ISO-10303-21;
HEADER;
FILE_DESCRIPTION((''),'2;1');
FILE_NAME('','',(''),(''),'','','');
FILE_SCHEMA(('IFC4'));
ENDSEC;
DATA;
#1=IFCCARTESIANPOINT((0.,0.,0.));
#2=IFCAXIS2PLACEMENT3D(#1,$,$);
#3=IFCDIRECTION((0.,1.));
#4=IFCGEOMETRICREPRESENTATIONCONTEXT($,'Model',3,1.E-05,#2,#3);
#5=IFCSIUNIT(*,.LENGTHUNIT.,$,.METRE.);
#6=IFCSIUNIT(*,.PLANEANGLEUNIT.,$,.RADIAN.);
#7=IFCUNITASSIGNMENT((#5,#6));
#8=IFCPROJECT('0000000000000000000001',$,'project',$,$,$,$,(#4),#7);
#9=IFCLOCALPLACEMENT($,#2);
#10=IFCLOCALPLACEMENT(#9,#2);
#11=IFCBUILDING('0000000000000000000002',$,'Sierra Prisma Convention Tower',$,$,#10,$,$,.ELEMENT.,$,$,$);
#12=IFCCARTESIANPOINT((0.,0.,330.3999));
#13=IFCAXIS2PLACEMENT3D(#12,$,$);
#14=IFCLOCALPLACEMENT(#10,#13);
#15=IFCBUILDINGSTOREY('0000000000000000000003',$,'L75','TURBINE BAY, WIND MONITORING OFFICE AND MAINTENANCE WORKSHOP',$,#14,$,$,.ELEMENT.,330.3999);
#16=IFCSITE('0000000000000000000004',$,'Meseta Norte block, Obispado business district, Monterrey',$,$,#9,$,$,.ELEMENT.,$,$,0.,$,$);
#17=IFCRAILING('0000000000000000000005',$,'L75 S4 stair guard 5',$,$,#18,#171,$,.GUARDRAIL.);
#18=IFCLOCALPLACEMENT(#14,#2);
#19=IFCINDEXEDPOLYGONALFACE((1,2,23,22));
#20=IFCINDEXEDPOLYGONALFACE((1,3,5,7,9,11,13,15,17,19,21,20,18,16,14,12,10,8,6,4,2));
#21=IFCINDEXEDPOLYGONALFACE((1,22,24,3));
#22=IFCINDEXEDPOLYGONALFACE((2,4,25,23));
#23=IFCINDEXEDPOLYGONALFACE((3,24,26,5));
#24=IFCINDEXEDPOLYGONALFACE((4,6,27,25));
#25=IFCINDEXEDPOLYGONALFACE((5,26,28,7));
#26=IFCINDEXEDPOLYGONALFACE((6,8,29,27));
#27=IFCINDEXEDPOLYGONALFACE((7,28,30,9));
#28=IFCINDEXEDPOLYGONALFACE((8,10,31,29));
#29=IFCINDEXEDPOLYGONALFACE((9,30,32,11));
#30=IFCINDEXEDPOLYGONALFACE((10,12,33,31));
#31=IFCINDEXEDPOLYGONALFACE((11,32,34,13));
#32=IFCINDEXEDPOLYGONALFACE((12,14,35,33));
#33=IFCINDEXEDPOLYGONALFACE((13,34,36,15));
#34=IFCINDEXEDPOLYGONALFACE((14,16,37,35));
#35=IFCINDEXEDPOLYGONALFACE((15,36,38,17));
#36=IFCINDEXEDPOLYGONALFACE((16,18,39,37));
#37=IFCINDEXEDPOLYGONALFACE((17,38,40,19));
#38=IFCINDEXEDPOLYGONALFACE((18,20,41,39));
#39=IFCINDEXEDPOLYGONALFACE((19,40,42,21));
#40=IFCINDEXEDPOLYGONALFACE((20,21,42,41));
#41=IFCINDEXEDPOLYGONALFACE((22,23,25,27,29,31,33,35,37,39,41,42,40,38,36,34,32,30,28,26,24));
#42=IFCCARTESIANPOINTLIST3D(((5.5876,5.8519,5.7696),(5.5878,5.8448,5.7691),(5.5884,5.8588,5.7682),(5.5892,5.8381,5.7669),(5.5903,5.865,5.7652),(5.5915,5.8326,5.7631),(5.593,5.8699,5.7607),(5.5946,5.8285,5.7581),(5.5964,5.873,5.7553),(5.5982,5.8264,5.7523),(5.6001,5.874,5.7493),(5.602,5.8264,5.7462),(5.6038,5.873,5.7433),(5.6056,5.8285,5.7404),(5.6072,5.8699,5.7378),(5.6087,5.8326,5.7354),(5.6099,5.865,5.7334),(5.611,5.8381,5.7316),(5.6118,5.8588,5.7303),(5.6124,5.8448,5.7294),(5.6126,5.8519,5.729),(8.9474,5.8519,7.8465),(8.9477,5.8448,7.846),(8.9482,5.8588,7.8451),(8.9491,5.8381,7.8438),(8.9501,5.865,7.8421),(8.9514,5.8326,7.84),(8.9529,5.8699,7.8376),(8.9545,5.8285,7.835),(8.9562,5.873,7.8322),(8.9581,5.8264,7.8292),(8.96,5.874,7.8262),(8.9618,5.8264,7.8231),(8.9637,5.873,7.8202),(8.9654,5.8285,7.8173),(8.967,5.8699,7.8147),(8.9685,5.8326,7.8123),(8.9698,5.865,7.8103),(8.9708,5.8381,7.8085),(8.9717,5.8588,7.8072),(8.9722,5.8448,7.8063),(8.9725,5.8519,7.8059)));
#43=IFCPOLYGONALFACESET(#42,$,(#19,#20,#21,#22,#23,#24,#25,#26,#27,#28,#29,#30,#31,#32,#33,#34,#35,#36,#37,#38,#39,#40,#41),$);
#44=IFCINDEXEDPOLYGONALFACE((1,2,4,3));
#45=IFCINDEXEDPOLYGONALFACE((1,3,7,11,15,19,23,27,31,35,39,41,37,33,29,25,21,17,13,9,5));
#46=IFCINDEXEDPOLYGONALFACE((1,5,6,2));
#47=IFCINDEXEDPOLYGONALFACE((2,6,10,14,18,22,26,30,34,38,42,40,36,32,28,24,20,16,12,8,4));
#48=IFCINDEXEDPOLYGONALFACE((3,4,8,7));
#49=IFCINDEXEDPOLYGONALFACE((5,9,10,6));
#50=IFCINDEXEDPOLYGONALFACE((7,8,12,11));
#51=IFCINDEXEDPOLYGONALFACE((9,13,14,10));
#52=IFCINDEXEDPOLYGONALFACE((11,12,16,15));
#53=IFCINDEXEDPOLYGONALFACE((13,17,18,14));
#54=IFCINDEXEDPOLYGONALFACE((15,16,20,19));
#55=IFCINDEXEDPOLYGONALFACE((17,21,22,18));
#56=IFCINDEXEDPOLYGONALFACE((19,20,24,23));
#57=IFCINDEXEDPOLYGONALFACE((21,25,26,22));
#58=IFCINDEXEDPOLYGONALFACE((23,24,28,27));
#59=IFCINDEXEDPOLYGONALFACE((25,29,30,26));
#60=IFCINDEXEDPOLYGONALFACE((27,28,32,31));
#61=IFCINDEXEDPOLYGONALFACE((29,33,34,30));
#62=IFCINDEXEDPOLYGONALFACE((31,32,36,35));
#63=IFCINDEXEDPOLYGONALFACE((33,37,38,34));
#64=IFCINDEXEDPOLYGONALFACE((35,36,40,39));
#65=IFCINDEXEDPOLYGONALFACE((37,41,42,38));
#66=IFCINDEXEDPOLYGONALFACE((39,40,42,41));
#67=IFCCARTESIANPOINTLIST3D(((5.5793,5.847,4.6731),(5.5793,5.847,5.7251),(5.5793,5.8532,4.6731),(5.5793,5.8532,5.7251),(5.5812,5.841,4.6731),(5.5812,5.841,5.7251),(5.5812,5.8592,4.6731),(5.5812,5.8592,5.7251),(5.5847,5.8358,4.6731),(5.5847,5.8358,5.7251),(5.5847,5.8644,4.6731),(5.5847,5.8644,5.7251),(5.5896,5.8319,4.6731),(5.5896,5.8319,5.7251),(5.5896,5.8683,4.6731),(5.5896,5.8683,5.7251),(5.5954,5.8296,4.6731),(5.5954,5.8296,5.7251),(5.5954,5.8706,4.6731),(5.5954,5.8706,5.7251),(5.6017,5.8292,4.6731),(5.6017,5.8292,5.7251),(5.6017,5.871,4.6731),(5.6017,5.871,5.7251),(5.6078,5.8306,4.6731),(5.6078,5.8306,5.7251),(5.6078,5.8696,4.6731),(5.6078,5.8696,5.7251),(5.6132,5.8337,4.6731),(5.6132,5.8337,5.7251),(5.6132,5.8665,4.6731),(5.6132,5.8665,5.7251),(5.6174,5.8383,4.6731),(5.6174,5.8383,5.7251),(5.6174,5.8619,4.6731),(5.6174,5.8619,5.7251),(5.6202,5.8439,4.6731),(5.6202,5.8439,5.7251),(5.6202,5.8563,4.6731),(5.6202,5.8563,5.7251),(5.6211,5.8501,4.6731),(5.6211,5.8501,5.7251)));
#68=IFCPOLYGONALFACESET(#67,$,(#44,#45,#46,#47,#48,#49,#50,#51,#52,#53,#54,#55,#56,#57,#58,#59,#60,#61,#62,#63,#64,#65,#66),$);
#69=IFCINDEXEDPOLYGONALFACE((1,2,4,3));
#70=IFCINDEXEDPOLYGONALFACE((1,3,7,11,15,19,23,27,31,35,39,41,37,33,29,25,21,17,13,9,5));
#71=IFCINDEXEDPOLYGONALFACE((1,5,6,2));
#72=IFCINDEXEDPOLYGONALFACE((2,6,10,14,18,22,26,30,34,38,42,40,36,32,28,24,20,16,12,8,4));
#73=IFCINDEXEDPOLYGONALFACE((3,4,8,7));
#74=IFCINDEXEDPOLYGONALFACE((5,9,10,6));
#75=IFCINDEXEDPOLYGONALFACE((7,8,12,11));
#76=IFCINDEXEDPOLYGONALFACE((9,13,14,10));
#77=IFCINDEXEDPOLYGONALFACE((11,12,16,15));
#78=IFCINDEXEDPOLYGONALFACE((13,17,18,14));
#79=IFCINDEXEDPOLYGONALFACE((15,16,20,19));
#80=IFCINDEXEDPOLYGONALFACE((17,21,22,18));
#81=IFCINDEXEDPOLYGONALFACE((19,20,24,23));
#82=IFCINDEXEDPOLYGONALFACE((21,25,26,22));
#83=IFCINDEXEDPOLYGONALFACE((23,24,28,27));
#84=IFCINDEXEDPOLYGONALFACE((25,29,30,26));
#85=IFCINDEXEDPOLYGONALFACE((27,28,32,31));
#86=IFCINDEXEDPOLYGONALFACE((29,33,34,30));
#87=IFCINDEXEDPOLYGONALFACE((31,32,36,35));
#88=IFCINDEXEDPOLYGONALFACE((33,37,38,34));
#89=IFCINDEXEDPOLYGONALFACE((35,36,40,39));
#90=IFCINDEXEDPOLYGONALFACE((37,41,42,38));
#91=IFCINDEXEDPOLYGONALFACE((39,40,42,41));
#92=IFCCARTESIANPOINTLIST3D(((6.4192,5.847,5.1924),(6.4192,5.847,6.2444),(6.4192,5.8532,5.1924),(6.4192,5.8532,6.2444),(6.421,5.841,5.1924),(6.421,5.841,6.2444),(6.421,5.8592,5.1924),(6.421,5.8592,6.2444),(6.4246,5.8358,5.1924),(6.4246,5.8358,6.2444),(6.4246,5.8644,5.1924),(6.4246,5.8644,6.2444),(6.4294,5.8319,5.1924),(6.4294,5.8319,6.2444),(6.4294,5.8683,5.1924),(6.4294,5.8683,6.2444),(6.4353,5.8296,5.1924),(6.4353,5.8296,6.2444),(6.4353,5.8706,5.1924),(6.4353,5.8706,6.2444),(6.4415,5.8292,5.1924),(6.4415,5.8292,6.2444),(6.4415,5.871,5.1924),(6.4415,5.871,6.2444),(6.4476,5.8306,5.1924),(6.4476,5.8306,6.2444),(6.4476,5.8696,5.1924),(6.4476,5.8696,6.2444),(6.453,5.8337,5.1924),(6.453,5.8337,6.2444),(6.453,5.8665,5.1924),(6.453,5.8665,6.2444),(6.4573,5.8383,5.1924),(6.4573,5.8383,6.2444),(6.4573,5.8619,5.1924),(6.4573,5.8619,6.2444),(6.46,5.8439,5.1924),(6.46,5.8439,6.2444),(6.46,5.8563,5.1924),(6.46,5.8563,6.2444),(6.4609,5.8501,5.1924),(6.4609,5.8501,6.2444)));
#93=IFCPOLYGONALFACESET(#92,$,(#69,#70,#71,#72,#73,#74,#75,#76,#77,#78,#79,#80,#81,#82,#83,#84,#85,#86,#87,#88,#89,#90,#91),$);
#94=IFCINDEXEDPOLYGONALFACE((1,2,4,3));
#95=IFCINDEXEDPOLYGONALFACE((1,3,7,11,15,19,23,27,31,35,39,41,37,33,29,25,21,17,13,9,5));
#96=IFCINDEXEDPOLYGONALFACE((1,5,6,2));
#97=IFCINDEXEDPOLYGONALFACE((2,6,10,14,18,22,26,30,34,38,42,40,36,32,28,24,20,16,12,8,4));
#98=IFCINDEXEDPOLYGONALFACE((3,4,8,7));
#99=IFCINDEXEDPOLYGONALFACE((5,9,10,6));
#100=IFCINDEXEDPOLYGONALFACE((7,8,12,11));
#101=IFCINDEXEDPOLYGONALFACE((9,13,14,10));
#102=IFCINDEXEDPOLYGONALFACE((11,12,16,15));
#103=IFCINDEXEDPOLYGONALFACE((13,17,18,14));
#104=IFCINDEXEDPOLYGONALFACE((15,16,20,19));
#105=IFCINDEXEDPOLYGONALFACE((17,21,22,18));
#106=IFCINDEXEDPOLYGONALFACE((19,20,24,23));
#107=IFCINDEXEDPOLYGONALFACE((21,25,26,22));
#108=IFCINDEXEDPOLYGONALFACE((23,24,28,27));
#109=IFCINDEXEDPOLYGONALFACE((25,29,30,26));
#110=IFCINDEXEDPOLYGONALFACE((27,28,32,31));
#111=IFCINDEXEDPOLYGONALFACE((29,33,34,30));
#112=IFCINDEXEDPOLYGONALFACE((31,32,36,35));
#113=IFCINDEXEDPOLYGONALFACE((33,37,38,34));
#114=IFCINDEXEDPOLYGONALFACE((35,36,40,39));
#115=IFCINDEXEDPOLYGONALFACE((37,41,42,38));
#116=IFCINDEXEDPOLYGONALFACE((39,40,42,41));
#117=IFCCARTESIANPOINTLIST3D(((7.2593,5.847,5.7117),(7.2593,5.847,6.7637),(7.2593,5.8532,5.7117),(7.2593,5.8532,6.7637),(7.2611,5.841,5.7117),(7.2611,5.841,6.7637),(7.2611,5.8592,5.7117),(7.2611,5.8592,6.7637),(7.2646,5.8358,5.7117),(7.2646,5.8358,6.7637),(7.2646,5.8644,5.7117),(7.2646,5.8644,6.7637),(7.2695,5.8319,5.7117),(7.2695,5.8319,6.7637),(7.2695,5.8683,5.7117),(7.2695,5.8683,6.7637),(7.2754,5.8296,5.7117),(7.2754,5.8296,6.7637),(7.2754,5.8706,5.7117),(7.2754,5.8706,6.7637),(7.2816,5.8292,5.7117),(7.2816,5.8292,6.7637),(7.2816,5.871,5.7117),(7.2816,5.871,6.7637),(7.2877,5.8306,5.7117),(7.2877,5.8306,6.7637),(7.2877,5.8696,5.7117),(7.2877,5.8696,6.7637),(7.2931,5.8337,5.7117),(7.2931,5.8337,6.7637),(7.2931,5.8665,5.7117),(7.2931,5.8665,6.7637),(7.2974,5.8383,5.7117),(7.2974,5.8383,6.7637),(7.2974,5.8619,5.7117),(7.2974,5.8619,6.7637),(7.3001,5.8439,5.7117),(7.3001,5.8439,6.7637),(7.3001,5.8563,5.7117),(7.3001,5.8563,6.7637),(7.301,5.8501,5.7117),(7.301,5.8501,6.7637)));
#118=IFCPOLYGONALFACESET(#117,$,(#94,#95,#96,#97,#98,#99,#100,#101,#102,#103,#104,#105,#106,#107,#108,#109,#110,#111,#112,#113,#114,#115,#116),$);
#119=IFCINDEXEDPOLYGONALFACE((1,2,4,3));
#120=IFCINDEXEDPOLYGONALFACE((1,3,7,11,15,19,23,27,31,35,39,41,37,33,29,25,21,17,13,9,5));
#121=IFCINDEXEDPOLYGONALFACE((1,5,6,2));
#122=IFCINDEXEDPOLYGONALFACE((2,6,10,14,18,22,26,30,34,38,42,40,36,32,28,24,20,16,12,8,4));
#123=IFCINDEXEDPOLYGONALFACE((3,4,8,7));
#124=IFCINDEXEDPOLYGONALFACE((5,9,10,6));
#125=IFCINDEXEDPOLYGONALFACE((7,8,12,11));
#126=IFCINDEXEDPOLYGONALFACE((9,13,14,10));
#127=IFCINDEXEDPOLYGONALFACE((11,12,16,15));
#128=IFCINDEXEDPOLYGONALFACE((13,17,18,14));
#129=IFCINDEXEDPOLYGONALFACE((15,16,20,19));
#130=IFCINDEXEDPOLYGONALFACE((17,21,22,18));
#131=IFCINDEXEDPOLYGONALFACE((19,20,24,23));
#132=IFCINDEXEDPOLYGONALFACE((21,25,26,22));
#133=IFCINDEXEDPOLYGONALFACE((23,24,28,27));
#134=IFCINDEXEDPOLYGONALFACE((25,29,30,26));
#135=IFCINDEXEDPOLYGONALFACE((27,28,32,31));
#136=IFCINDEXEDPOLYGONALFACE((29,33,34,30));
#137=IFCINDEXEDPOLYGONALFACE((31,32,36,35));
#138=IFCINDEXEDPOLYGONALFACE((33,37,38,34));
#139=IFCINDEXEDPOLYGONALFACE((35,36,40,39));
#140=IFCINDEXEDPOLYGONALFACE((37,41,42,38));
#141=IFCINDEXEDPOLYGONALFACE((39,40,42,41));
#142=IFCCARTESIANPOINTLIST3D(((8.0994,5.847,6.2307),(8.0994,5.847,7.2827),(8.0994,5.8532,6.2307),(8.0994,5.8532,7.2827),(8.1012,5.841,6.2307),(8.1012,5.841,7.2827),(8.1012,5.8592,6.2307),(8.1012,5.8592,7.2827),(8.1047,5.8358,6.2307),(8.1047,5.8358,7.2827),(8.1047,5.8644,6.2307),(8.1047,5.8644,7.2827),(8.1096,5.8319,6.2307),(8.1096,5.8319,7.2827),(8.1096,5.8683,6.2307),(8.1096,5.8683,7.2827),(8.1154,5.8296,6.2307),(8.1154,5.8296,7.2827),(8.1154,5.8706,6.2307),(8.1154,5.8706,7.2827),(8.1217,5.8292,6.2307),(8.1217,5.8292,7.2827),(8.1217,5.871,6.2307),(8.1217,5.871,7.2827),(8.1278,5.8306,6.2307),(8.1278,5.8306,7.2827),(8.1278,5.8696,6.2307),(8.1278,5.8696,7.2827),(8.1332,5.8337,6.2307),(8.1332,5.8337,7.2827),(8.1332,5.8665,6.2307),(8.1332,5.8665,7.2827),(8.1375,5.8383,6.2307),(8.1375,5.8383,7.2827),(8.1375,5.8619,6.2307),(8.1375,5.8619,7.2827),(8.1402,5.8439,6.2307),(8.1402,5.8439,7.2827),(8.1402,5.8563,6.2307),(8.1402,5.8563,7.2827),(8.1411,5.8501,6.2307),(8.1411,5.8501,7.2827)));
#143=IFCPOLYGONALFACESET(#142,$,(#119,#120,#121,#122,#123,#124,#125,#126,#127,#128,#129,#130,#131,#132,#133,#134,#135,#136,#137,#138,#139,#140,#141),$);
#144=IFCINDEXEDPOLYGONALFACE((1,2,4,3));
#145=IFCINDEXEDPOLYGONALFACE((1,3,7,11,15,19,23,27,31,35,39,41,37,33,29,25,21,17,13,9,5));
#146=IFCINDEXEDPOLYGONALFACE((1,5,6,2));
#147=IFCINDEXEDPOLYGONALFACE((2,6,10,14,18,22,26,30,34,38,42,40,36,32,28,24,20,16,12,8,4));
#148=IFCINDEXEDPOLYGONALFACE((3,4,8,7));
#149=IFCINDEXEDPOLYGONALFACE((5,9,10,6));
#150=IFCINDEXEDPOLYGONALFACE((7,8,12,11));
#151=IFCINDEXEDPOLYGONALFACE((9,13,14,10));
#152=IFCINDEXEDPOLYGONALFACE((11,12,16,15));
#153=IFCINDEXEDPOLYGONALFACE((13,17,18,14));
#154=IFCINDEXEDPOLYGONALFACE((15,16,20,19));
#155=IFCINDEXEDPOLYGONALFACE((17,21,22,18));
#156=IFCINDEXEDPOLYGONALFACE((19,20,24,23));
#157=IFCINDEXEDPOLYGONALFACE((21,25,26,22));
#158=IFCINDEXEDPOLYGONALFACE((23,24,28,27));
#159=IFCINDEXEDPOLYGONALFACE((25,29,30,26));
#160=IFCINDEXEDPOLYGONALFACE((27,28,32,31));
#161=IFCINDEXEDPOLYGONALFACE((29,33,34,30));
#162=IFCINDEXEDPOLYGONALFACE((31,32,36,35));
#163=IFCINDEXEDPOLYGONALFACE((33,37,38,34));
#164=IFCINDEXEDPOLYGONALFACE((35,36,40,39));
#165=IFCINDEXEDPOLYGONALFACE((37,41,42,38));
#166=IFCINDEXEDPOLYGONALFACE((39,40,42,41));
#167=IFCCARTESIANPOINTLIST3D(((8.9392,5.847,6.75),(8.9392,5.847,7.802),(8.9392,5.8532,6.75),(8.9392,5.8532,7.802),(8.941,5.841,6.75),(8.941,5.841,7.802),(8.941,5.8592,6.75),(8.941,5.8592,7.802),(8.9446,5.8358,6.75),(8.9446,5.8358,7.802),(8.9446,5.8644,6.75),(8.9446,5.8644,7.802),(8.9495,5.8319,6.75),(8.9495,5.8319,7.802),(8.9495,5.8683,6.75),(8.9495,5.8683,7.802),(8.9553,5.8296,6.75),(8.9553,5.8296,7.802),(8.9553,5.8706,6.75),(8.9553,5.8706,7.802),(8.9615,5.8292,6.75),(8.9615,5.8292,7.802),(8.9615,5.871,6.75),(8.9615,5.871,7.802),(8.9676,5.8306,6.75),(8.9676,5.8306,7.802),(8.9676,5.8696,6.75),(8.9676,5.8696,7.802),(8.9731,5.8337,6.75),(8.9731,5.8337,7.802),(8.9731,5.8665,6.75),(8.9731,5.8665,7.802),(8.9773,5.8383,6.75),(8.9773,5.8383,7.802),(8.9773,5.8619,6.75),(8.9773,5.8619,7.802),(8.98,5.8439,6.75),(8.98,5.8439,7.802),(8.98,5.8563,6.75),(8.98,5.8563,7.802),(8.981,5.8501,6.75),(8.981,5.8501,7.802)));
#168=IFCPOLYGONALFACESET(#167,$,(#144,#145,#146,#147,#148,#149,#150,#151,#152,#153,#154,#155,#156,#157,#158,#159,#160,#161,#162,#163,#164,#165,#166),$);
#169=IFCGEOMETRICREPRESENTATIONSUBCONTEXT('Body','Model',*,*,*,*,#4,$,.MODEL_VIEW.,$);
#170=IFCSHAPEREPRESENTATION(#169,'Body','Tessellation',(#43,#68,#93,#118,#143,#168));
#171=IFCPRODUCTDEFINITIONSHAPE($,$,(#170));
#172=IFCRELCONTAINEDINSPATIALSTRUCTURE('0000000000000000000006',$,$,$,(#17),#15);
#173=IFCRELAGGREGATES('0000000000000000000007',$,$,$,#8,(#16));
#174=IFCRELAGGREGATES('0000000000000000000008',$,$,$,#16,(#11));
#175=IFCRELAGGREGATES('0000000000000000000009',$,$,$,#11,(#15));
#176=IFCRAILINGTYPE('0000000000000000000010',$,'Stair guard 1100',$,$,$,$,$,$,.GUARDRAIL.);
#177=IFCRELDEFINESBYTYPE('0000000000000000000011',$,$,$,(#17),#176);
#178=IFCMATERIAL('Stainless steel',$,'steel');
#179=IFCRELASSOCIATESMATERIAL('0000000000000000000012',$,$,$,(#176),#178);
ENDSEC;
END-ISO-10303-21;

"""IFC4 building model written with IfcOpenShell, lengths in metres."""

from ifc_helpers import new_model, si_unit, direction, frame, origin, origin_2d, place, context, subcontext, project, spatial, circle, extrude, material, type_object, element, save


model = new_model("IFC4")

# Units and contexts
model_context = context("Model", 3, precision=1e-05, world=origin(), true_north=direction((0.0, 1.0)))
body_context = subcontext(model_context, "Body", "Model", "MODEL_VIEW")
ifc_project = project(units=[si_unit("LENGTHUNIT", "METRE"), si_unit("PLANEANGLEUNIT", "RADIAN")], contexts=[model_context])

# Site, building, storey
site_placement = place(None, origin())
site = spatial("IfcSite", under=ifc_project, at=site_placement, Name="Meseta Norte block, Obispado business district, Monterrey", CompositionType="ELEMENT", RefElevation=0.0)
building_placement = place(site_placement, origin())
building = spatial("IfcBuilding", under=site, at=building_placement, Name="Sierra Prisma Convention Tower", CompositionType="ELEMENT")
storey_placement = place(building_placement, frame((0.0, 0.0, 330.3999)))
storey = spatial("IfcBuildingStorey", under=building, at=storey_placement, Name="L75", Description="TURBINE BAY, WIND MONITORING OFFICE AND MAINTENANCE WORKSHOP", CompositionType="ELEMENT", Elevation=330.3999)

# Railing
ifc_material_1 = material(Name="Stainless steel", Category="steel")
railing_type_1 = type_object("IfcRailingType", Name="Stair guard 1100", PredefinedType="GUARDRAIL", material=ifc_material_1)
railing_1_placement = place(storey_placement, frame((5.6001, 5.8501, 4.6731)))
element("IfcRailing", 1, at=railing_1_placement, inside=storey, type_object=railing_type_1, Name="L75 S4 stair guard 5", PredefinedType="GUARDRAIL", context=body_context, shape_type="SweptSolid", body=[
    extrude(circle(Radius=0.0239, at=origin_2d()), frame((0.0, 0.0, 1.0762), z_axis=(0.850606, 0.0, 0.525803), x_axis=(0.0, 1.0, 0.0)), (0.0, 0.0, 1.0), 3.95),
    extrude(circle(Radius=0.021, at=origin_2d()), origin(), (0.0, 0.0, 1.0), 1.052),
    extrude(circle(Radius=0.021, at=origin_2d()), frame((0.8398, 0.0, 0.5193)), (0.0, 0.0, 1.0), 1.052),
    extrude(circle(Radius=0.021, at=origin_2d()), frame((1.6799, 0.0, 1.0386)), (0.0, 0.0, 1.0), 1.052),
    extrude(circle(Radius=0.021, at=origin_2d()), frame((2.52, 0.0, 1.5576)), (0.0, 0.0, 1.0), 1.052),
    extrude(circle(Radius=0.021, at=origin_2d()), frame((3.3599, 0.0, 2.0769)), (0.0, 0.0, 1.0), 1.052),
])

save(model, "model.ifc")
